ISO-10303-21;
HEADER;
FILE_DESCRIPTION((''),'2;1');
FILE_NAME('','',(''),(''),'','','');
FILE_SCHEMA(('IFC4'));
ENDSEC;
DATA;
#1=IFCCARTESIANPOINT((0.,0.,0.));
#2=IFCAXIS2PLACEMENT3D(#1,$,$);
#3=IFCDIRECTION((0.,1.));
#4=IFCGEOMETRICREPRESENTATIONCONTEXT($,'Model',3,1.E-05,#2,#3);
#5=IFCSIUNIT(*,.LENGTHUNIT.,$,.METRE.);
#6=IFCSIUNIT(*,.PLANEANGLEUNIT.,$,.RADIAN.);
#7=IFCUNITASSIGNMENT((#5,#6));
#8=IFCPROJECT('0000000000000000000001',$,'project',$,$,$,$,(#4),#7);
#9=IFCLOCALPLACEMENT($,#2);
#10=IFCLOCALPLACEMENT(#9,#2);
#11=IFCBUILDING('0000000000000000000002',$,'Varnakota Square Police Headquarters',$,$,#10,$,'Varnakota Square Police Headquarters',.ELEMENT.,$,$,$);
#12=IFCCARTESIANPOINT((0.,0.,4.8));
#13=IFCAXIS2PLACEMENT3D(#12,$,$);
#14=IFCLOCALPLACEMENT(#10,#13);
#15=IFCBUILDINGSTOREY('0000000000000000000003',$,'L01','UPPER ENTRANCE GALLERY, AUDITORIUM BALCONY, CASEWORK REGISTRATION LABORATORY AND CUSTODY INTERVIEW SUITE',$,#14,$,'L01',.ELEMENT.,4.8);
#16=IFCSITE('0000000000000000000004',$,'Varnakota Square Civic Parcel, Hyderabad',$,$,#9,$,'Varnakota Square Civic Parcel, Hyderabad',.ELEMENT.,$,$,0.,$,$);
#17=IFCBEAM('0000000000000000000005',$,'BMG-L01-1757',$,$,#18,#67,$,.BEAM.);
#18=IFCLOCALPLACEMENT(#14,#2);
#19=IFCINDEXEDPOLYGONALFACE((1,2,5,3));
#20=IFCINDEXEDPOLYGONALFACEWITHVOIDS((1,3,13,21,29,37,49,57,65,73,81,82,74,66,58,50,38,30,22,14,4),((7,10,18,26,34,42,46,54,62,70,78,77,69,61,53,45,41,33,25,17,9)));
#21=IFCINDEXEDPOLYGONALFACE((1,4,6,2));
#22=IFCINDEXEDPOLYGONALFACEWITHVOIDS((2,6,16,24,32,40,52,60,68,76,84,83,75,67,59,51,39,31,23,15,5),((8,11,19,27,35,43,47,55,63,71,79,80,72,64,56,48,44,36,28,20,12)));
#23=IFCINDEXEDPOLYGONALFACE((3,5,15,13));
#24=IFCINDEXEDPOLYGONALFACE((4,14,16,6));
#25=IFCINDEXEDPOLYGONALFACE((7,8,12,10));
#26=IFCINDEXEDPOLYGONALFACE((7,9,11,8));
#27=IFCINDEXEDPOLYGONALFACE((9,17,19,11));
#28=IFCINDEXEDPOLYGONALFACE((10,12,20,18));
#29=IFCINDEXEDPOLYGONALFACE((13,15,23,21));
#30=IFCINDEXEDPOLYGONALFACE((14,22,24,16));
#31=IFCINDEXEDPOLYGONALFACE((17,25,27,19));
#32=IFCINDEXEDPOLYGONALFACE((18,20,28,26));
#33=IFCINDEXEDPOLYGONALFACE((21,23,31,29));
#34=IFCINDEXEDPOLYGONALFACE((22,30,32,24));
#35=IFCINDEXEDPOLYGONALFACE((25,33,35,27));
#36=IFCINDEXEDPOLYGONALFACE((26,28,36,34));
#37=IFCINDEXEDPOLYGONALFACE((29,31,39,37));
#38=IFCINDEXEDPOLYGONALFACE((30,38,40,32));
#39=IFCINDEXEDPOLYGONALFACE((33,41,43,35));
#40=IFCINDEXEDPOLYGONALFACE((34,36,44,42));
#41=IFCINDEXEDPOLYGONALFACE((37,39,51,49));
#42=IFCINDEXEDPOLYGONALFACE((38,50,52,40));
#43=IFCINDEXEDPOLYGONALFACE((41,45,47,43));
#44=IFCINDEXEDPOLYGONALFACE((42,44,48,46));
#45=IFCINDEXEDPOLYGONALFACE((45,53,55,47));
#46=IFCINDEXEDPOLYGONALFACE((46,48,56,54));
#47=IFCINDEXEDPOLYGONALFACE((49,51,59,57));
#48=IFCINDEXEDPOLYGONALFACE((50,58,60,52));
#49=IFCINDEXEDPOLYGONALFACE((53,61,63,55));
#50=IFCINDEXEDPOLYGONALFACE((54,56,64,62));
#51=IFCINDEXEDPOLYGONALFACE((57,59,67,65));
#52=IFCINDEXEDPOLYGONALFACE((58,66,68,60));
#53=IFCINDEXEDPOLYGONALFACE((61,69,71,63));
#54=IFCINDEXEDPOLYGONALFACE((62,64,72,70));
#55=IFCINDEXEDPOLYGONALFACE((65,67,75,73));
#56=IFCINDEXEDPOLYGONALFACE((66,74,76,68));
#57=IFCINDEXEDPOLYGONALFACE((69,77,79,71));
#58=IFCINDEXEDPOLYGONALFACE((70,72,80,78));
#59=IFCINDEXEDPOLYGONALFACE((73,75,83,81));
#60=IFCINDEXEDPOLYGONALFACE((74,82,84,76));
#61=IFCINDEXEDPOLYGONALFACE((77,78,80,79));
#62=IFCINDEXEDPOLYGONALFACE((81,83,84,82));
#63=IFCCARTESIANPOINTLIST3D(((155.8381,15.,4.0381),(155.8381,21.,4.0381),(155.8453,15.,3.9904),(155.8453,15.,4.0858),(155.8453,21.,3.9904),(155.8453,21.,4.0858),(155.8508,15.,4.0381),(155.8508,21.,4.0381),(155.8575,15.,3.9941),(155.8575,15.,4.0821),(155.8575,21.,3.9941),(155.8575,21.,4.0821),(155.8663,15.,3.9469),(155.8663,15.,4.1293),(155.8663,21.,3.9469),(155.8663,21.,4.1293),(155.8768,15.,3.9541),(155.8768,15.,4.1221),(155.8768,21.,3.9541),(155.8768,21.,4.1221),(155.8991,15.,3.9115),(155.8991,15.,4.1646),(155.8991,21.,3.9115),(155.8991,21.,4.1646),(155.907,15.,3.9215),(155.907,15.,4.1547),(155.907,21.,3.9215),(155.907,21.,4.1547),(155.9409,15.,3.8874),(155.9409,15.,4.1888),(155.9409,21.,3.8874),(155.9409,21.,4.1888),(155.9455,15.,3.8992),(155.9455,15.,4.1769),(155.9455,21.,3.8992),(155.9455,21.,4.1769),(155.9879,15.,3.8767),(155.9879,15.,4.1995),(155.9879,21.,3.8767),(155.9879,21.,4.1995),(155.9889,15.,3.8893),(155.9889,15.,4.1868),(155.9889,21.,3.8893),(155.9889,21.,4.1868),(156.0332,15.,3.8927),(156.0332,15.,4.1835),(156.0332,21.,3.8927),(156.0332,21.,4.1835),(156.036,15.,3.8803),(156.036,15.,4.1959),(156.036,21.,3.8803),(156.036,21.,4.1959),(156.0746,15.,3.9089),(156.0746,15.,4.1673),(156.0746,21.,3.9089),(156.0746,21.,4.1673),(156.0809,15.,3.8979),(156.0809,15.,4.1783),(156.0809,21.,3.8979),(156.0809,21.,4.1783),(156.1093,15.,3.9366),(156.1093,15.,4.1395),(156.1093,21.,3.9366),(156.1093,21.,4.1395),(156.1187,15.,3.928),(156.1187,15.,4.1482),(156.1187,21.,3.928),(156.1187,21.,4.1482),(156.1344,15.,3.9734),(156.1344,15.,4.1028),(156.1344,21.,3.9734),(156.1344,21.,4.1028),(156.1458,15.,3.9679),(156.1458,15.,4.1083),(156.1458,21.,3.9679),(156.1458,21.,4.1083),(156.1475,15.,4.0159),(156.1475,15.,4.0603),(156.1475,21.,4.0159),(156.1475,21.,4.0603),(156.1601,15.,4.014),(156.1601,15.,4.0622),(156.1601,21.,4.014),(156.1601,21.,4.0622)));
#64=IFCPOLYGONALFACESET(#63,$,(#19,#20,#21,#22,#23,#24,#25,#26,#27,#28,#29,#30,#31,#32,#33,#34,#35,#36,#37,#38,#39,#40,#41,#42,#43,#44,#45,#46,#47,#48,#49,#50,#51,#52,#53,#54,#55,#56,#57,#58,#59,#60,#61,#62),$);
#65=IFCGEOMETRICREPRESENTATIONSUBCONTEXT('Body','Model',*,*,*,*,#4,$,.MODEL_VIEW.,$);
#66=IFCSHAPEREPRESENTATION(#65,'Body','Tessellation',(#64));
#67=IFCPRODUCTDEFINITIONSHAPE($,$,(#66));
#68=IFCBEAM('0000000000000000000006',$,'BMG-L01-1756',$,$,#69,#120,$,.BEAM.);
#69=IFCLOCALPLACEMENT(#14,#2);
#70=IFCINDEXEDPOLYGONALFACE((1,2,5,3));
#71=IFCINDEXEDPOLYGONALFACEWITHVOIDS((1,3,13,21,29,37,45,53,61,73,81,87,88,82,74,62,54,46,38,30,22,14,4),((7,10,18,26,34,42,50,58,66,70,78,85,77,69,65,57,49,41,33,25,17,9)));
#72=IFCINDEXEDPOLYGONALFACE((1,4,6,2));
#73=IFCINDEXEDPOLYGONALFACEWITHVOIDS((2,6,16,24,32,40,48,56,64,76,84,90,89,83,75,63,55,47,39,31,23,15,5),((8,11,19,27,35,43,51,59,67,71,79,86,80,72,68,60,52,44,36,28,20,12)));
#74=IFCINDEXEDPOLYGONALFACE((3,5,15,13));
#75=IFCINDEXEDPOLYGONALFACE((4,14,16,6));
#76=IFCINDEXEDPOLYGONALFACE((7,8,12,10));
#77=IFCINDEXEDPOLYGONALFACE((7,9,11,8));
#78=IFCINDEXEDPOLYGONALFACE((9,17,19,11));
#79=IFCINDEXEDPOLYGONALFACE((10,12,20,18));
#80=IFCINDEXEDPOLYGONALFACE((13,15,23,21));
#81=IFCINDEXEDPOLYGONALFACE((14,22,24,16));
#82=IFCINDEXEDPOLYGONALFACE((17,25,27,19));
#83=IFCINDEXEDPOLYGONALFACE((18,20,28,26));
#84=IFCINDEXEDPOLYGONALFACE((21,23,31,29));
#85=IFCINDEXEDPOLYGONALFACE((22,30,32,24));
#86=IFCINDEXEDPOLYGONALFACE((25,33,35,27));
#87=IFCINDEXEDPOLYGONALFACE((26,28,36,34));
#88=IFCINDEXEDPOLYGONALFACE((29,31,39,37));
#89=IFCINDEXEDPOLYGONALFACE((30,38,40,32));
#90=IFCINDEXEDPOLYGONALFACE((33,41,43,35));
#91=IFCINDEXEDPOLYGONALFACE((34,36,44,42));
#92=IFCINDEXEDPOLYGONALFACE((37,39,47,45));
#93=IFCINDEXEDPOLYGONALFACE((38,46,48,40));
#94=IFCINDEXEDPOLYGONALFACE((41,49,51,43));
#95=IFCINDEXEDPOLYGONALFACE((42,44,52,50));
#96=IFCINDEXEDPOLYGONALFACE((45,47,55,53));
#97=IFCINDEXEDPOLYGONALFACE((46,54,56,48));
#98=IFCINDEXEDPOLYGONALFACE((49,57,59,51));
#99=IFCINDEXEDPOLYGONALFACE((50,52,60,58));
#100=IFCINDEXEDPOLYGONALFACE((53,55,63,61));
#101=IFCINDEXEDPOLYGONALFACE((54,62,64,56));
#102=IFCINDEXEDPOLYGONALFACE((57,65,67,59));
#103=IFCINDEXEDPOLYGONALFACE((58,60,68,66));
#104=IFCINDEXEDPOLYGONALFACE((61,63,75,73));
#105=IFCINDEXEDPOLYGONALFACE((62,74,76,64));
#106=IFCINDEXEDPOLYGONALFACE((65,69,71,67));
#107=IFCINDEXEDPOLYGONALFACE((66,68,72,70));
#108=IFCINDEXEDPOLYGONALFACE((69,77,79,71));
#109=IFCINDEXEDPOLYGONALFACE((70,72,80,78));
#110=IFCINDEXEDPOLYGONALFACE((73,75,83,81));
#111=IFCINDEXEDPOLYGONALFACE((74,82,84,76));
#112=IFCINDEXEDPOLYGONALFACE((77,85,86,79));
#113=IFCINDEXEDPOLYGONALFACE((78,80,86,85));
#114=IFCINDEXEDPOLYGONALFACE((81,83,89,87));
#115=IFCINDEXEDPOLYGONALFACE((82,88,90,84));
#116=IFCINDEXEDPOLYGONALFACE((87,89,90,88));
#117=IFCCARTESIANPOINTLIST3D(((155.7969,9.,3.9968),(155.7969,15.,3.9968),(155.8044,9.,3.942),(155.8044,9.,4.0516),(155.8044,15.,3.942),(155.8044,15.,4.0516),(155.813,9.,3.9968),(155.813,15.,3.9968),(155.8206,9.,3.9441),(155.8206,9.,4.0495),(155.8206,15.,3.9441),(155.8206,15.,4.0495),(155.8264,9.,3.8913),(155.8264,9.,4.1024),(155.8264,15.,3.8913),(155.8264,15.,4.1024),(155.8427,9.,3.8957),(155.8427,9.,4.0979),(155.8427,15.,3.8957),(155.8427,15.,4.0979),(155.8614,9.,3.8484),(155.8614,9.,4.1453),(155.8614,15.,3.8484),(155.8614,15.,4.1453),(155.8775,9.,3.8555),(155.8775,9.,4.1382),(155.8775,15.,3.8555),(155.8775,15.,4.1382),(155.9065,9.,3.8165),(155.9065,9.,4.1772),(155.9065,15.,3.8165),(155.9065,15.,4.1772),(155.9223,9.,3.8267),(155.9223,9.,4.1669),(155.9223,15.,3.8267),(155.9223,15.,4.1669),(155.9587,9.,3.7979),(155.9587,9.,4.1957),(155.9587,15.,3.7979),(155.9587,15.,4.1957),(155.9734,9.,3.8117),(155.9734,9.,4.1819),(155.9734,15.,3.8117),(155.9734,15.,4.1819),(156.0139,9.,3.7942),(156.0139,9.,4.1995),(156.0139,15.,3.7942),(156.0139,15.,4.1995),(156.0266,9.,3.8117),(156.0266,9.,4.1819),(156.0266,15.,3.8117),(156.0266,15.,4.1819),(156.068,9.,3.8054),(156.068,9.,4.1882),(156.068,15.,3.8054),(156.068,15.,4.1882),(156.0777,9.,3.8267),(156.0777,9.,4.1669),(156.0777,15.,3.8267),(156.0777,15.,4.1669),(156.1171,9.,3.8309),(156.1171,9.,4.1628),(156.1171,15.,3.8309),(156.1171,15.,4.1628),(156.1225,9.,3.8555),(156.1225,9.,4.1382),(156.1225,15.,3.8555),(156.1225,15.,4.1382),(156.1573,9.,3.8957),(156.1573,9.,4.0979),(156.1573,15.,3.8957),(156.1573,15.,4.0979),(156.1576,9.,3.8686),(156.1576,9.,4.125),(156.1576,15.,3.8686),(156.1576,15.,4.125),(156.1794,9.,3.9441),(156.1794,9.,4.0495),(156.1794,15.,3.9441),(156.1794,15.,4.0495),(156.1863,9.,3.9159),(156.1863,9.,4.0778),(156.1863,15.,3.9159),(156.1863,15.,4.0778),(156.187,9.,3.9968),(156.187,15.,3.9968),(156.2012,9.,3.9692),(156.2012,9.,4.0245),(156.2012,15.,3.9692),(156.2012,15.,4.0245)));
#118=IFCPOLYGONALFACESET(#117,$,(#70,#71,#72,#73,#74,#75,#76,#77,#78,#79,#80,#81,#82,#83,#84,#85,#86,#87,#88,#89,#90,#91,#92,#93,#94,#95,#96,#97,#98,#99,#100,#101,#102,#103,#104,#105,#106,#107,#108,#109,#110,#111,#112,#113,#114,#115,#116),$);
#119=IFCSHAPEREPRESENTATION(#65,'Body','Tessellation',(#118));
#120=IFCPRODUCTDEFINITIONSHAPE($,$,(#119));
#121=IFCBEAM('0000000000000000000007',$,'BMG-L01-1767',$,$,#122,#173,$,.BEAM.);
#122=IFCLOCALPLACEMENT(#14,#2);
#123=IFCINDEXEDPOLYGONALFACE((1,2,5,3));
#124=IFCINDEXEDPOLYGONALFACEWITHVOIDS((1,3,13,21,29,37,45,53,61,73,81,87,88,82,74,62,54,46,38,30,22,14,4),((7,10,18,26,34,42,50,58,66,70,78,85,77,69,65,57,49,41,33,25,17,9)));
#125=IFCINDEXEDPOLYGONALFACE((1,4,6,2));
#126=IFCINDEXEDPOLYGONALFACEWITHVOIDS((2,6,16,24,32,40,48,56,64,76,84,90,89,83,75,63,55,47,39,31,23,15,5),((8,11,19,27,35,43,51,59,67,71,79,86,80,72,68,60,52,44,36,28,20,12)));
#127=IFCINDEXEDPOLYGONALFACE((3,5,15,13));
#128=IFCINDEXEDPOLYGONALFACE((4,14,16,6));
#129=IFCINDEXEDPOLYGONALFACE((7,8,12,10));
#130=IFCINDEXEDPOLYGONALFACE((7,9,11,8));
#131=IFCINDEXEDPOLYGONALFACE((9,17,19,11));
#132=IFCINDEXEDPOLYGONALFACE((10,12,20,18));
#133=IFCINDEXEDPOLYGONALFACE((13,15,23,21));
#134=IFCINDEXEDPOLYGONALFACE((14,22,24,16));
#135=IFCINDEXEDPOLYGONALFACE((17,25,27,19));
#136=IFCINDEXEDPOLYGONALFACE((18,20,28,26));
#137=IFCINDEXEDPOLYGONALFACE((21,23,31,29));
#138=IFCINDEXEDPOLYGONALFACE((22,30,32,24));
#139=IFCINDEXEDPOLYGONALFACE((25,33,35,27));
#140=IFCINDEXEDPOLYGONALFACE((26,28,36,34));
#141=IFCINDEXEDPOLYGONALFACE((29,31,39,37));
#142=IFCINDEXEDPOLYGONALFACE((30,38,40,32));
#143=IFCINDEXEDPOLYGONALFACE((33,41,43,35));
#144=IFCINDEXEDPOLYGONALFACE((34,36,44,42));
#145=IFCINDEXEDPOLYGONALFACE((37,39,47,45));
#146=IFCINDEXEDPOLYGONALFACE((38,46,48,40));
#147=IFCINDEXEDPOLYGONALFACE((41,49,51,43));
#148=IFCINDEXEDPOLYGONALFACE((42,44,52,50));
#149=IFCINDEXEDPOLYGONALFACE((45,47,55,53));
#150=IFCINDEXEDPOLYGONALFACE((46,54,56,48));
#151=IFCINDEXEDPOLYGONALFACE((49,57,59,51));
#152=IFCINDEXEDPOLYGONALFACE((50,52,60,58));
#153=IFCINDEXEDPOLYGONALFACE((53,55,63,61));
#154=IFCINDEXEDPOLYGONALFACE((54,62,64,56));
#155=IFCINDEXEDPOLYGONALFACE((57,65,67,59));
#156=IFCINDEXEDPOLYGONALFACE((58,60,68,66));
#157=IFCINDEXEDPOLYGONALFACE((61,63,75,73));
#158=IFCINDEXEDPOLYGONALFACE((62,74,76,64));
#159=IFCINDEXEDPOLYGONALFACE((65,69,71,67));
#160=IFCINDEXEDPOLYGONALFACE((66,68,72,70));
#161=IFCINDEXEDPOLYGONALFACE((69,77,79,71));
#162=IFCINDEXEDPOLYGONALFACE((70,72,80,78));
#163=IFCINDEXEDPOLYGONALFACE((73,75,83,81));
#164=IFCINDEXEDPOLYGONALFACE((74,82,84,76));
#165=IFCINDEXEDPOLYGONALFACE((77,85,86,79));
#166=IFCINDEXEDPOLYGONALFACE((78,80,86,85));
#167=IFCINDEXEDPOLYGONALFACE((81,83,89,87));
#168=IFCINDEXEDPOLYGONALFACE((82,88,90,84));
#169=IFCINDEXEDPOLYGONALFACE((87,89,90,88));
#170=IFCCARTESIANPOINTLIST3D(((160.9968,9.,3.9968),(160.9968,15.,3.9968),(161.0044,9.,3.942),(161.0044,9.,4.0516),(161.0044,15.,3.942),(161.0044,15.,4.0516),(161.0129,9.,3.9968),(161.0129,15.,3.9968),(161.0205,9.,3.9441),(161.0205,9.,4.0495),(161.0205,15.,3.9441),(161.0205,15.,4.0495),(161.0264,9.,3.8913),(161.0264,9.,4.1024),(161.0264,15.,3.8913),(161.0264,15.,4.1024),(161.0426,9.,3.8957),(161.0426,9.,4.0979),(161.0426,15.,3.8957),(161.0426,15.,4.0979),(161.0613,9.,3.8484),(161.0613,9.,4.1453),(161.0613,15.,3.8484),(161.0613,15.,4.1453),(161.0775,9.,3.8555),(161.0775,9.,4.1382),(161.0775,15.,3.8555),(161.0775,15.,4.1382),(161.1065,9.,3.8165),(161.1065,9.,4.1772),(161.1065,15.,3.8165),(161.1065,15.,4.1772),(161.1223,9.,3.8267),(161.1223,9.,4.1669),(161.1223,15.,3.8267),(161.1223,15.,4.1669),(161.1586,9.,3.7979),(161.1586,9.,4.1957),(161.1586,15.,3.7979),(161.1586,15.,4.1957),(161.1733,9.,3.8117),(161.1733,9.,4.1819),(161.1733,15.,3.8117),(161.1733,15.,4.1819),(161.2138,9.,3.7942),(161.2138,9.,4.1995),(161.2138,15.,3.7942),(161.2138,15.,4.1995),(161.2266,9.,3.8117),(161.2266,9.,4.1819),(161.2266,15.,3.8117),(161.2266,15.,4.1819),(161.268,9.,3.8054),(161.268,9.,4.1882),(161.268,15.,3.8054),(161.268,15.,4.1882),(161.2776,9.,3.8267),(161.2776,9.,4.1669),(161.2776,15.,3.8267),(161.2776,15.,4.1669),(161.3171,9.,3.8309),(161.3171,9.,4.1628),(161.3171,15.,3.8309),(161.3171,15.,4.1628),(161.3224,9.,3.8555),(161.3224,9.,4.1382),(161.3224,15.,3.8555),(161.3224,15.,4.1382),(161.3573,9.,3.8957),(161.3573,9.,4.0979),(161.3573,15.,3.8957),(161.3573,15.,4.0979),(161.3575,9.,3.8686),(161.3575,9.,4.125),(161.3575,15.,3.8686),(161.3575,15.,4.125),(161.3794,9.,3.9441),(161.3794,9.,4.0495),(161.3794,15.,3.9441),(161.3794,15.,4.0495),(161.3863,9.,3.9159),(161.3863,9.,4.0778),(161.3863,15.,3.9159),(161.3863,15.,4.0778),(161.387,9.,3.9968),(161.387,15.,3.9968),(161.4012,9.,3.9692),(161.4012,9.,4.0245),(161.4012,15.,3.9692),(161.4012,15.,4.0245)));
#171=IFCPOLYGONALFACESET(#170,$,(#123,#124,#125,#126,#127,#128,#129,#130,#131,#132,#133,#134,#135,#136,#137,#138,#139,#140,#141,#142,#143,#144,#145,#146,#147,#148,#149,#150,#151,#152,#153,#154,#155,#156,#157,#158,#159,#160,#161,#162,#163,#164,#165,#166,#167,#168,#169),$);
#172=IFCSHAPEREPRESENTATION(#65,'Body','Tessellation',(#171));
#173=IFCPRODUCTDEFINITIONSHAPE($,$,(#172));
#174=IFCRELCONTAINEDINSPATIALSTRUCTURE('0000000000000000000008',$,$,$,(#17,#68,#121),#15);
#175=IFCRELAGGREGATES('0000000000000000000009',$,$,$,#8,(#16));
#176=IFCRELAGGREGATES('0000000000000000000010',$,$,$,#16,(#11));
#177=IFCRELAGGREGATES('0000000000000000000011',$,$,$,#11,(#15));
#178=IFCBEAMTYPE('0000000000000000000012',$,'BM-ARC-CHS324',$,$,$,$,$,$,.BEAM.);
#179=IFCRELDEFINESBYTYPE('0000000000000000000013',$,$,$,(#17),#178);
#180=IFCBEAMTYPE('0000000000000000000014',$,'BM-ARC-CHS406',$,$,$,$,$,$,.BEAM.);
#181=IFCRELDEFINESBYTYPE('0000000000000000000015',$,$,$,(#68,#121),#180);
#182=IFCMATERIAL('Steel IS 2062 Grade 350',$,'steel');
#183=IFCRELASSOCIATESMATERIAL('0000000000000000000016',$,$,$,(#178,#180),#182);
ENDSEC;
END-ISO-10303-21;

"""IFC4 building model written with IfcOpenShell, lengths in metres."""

from ifc_helpers import new_model, si_unit, direction, frame, origin, origin_2d, place, context, subcontext, project, spatial, hollow_circle, extrude, material, material_profile, profile_set, type_object, element, save


model = new_model("IFC4")

# Units and contexts
model_context = context("Model", 3, precision=1e-05, world=origin(), true_north=direction((0.0, 1.0)))
body_context = subcontext(model_context, "Body", "Model", "MODEL_VIEW")
ifc_project = project(units=[si_unit("LENGTHUNIT", "METRE"), si_unit("PLANEANGLEUNIT", "RADIAN")], contexts=[model_context])

# Site, building, storey
site_placement = place(None, origin())
site = spatial("IfcSite", under=ifc_project, at=site_placement, Name="Varnakota Square Civic Parcel, Hyderabad", LongName="Varnakota Square Civic Parcel, Hyderabad", CompositionType="ELEMENT", RefElevation=0.0)
building_placement = place(site_placement, origin())
building = spatial("IfcBuilding", under=site, at=building_placement, Name="Varnakota Square Police Headquarters", LongName="Varnakota Square Police Headquarters", CompositionType="ELEMENT")
storey_placement = place(building_placement, frame((0.0, 0.0, 4.8)))
storey = spatial("IfcBuildingStorey", under=building, at=storey_placement, Name="L01", Description="UPPER ENTRANCE GALLERY, AUDITORIUM BALCONY, CASEWORK REGISTRATION LABORATORY AND CUSTODY INTERVIEW SUITE", LongName="L01", CompositionType="ELEMENT", Elevation=4.8)

# Shared definitions
ifc_material_1 = material(Name="Steel IS 2062 Grade 350", Category="steel")

# Beams
ifc_material_profile_1 = material_profile(ifc_material_1, hollow_circle(Radius=0.1619, WallThickness=0.0127, at=origin_2d()), Name="CHS 323.9x12.7")
ifc_profile_set_1 = profile_set([ifc_material_profile_1], Name="Steel IS 2062 Grade 350")
beam_type_1 = type_object("IfcBeamType", Name="BM-ARC-CHS324", PredefinedType="BEAM", material=ifc_profile_set_1)
beam_placement = place(storey_placement, frame((156.0, 15.0, 4.0381), z_axis=(0.0, 1.0, 0.0), x_axis=(-1.0, 0.0, 0.0)))
element("IfcBeam", 1, at=beam_placement, inside=storey, type_object=beam_type_1, Name="BMG-L01-1757", PredefinedType="BEAM", context=body_context, shape_type="SweptSolid", body=[
    extrude(hollow_circle(Radius=0.1619, WallThickness=0.0127, at=origin_2d()), origin(), (0.0, 0.0, 1.0), 6.0),
])
ifc_material_profile_2 = material_profile(ifc_material_1, hollow_circle(Radius=0.2031, WallThickness=0.0161, at=origin_2d()), Name="CHS 406.4x16.0")
ifc_profile_set_2 = profile_set([ifc_material_profile_2], Name="Steel IS 2062 Grade 350")
beam_type_2 = type_object("IfcBeamType", Name="BM-ARC-CHS406", PredefinedType="BEAM", material=ifc_profile_set_2)
for number, where, z_axis, x_axis, name in (
    (2, (156.0, 9.0, 3.9968), (0.0, 1.0, 0.0), (-1.0, 0.0, 0.0), "BMG-L01-1756"),
    (3, (161.2, 9.0, 3.9968), (0.0, 1.0, 0.0), (-1.0, 0.0, 0.0), "BMG-L01-1767"),
):
    element("IfcBeam", number, at=place(storey_placement, frame(where, z_axis=z_axis, x_axis=x_axis)), inside=storey, type_object=beam_type_2, Name=name, PredefinedType="BEAM", context=body_context, shape_type="SweptSolid", body=[
        extrude(hollow_circle(Radius=0.2031, WallThickness=0.0161, at=origin_2d()), origin(), (0.0, 0.0, 1.0), 6.0),
    ])

save(model, "model.ifc")
